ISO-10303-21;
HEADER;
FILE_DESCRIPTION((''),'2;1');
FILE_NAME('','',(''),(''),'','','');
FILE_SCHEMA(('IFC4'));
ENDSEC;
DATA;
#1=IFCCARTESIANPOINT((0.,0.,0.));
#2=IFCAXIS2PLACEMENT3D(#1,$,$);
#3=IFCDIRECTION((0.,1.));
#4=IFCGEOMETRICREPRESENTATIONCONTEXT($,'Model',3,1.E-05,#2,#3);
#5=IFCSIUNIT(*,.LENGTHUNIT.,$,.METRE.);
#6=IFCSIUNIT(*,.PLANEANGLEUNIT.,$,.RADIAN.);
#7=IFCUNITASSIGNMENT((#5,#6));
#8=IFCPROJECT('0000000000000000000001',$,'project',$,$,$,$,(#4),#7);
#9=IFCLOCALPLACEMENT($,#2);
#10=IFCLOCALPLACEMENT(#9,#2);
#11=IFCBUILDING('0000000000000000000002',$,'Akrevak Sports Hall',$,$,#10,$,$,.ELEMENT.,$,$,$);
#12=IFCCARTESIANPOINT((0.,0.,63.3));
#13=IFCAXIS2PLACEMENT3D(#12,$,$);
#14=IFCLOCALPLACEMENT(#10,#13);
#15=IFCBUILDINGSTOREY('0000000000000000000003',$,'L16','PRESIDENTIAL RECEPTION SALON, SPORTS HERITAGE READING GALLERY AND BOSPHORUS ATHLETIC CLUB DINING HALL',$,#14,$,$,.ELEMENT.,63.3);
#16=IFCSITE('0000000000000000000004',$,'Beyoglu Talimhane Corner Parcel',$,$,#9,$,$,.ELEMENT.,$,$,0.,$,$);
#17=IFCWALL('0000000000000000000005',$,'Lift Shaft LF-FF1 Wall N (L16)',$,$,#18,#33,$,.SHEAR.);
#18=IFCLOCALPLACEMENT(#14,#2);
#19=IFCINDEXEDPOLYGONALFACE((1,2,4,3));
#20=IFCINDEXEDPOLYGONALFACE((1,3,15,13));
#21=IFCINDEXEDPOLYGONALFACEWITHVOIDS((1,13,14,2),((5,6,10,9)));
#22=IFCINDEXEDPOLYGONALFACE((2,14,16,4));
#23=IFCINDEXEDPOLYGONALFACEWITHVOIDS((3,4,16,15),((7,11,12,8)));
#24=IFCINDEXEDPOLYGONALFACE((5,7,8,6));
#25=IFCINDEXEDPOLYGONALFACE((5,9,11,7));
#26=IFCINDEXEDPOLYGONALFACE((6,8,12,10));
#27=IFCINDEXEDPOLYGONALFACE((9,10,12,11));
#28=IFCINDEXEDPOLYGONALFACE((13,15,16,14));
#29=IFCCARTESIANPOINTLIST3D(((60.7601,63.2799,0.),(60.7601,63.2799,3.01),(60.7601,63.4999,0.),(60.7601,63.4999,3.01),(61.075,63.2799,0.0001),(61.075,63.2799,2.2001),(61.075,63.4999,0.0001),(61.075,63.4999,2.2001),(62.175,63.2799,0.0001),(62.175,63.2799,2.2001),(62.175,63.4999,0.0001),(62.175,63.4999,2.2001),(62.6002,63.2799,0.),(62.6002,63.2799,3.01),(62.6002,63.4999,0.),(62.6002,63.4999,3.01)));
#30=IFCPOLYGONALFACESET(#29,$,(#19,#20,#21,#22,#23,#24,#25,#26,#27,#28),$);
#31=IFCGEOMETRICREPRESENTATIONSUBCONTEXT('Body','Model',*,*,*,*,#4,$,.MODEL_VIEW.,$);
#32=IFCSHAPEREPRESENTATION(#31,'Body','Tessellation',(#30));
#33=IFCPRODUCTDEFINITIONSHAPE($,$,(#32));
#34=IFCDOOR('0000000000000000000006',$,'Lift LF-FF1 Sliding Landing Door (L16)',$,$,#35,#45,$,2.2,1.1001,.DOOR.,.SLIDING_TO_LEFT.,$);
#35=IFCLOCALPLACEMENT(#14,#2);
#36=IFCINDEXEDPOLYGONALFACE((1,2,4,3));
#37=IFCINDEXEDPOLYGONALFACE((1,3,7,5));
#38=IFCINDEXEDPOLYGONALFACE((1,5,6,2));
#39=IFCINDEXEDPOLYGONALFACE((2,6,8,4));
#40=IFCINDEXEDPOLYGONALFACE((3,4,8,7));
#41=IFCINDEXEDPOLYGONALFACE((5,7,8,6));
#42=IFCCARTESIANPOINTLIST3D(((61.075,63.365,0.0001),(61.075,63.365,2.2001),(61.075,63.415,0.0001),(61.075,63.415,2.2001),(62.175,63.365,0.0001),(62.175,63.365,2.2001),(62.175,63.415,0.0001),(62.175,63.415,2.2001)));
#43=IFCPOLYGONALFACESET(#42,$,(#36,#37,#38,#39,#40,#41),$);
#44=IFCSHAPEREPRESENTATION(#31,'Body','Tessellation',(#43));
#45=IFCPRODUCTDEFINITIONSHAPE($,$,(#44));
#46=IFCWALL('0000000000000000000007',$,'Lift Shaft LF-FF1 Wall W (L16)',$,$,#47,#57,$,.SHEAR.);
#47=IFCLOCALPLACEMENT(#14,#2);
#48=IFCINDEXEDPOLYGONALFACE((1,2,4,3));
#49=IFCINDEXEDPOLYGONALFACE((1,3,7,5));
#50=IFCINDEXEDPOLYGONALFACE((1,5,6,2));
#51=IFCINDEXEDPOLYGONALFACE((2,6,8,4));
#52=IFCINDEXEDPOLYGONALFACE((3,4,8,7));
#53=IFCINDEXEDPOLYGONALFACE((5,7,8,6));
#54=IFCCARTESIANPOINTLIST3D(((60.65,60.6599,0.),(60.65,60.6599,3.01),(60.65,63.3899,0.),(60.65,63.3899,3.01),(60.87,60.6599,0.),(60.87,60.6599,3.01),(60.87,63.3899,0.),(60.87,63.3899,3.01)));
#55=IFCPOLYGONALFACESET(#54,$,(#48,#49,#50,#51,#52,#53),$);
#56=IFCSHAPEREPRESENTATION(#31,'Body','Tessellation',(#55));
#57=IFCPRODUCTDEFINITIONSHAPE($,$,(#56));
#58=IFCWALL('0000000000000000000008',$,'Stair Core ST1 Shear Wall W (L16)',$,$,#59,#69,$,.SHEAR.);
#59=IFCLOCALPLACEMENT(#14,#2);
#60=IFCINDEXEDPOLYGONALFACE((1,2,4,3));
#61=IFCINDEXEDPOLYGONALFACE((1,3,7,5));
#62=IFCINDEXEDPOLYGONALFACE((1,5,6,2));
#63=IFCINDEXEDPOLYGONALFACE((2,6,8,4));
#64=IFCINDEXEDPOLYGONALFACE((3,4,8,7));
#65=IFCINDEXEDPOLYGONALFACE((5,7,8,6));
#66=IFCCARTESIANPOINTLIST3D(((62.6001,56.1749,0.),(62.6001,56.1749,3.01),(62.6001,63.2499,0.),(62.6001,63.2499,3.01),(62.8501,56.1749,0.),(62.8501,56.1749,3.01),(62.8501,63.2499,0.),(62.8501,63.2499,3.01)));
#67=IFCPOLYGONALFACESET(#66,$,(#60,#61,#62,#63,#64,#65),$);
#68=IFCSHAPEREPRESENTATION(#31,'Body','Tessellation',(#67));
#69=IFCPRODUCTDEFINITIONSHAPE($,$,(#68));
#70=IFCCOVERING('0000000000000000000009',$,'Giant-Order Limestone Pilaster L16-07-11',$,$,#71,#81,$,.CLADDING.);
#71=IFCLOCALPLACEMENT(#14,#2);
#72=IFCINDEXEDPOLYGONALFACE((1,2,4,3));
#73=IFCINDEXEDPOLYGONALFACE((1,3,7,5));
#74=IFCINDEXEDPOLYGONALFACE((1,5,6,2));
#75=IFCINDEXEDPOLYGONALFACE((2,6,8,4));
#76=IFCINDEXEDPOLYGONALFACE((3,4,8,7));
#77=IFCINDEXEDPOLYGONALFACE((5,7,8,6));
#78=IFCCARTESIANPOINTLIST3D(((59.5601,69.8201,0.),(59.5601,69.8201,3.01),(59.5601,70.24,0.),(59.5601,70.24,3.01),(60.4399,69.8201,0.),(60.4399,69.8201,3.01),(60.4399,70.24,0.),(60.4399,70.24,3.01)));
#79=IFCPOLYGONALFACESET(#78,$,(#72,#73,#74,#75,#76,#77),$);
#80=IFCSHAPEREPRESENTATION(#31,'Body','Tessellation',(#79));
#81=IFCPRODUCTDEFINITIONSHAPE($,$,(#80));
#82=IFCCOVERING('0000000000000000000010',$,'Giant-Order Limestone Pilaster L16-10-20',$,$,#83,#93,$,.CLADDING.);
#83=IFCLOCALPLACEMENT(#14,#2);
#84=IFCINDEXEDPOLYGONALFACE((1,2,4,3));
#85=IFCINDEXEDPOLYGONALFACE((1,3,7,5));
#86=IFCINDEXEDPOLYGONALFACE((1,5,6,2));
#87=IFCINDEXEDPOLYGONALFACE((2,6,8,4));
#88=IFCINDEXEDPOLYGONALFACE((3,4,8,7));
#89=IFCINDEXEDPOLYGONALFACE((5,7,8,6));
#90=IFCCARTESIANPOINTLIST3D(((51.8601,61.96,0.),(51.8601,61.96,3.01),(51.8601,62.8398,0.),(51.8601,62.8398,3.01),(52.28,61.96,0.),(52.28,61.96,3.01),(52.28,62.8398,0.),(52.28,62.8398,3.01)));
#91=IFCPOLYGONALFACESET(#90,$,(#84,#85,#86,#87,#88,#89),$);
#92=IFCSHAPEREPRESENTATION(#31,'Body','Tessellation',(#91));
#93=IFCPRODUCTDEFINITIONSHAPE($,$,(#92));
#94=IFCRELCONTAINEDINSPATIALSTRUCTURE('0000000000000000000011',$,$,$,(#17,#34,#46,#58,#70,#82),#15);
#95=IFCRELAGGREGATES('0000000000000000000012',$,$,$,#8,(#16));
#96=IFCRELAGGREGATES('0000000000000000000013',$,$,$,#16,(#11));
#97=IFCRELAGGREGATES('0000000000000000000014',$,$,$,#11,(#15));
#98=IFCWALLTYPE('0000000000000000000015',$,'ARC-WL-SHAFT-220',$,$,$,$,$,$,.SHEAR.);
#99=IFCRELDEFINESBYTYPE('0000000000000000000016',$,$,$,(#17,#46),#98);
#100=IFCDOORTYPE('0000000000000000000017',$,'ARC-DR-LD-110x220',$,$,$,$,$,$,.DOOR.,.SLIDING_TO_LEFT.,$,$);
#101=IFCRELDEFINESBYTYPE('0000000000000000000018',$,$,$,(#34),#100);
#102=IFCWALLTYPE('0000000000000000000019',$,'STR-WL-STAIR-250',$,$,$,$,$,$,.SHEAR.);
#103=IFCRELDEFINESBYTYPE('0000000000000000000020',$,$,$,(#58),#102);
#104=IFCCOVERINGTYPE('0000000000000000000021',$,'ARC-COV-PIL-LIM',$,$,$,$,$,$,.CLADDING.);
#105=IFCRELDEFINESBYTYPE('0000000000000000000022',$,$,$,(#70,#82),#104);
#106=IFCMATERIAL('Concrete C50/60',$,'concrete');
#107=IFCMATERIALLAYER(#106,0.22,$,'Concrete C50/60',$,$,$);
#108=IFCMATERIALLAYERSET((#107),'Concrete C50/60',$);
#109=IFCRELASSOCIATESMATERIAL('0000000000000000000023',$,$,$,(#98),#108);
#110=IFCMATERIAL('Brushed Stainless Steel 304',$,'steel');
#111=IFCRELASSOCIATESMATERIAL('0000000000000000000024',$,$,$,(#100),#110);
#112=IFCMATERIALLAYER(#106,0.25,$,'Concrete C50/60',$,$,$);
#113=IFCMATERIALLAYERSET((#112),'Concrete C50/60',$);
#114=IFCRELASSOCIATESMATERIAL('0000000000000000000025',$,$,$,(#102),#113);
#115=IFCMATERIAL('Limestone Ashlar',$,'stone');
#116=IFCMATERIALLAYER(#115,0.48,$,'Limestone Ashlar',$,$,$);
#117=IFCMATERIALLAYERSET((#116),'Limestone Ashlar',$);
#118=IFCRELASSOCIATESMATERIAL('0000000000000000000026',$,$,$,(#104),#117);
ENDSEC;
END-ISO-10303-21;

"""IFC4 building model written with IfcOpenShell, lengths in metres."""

from ifc_helpers import new_model, si_unit, direction, frame, frame_2d, origin, origin_2d, place, context, subcontext, project, spatial, rectangle, extrude, material, layer, layer_set, type_object, element, fill, save


model = new_model("IFC4")

# Units and contexts
model_context = context("Model", 3, precision=1e-05, world=origin(), true_north=direction((0.0, 1.0)))
body_context = subcontext(model_context, "Body", "Model", "MODEL_VIEW")
ifc_project = project(units=[si_unit("LENGTHUNIT", "METRE"), si_unit("PLANEANGLEUNIT", "RADIAN")], contexts=[model_context])

# Site, building, storey
site_placement = place(None, origin())
site = spatial("IfcSite", under=ifc_project, at=site_placement, Name="Beyoglu Talimhane Corner Parcel", CompositionType="ELEMENT", RefElevation=0.0)
building_placement = place(site_placement, origin())
building = spatial("IfcBuilding", under=site, at=building_placement, Name="Akrevak Sports Hall", CompositionType="ELEMENT")
storey_placement = place(building_placement, frame((0.0, 0.0, 63.3)))
storey = spatial("IfcBuildingStorey", under=building, at=storey_placement, Name="L16", Description="PRESIDENTIAL RECEPTION SALON, SPORTS HERITAGE READING GALLERY AND BOSPHORUS ATHLETIC CLUB DINING HALL", CompositionType="ELEMENT", Elevation=63.3)

# Shared definitions
ifc_material_1 = material(Name="Limestone Ashlar", Category="stone")

# Shared definitions
ifc_material_2 = material(Name="Concrete C50/60", Category="concrete")
ifc_layer_1 = layer(ifc_material_2, 0.22, Name="Concrete C50/60")
ifc_layer_set_1 = layer_set([ifc_layer_1], Name="Concrete C50/60")
wall_type_1 = type_object("IfcWallType", Name="ARC-WL-SHAFT-220", PredefinedType="SHEAR", material=ifc_layer_set_1)

# Wall, opening, door
wall_1_placement = place(storey_placement, frame((62.6001, 63.3899, 0.0), z_axis=(0.0, 0.0, 1.0), x_axis=(-1.0, 0.0, 0.0)))
wall_1 = element("IfcWall", 1, at=wall_1_placement, inside=storey, type_object=wall_type_1, Name="Lift Shaft LF-FF1 Wall N (L16)", PredefinedType="SHEAR", context=body_context, shape_type="SweptSolid", body=[
    extrude(rectangle(XDim=1.8401, YDim=0.22, at=frame_2d((0.9199, 0.0))), origin(), (0.0, 0.0, 1.0), 3.01),
])
opening_1_placement = place(wall_1_placement, frame((0.425, 0.0, 0.0)))
opening_1 = element("IfcOpeningElement", 2, at=opening_1_placement, cuts=wall_1, PredefinedType="OPENING", context=body_context, shape_type="SweptSolid", body=[
    extrude(rectangle(XDim=1.1001, YDim=2.2, at=frame_2d((0.55, 1.1001))), frame((0.0, 0.1221, 0.0), z_axis=(0.0, -1.0, 0.0), x_axis=(1.0, 0.0, 0.0)), (0.0, 0.0, 1.0), 0.2439),
])
ifc_material_3 = material(Name="Brushed Stainless Steel 304", Category="steel")
door_type_1 = type_object("IfcDoorType", Name="ARC-DR-LD-110x220", OperationType="SLIDING_TO_LEFT", PredefinedType="DOOR", material=ifc_material_3)
door_1_placement = place(opening_1_placement, origin())
door_1 = element("IfcDoor", 3, at=door_1_placement, inside=storey, type_object=door_type_1, Name="Lift LF-FF1 Sliding Landing Door (L16)", OperationType="SLIDING_TO_LEFT", OverallHeight=2.2, OverallWidth=1.1001, PredefinedType="DOOR", context=body_context, shape_type="SweptSolid", body=[
    extrude(rectangle(XDim=1.1001, YDim=2.2, at=frame_2d((0.55, 1.1001))), frame((0.0, 0.0249, 0.0), z_axis=(0.0, -1.0, 0.0), x_axis=(1.0, 0.0, 0.0)), (0.0, 0.0, 1.0), 0.05),
])
fill(opening_1, door_1)

# Walls
wall_2_placement = place(storey_placement, frame((60.76, 63.3899, 0.0), z_axis=(0.0, 0.0, 1.0), x_axis=(0.0, -1.0, 0.0)))
element("IfcWall", 4, at=wall_2_placement, inside=storey, type_object=wall_type_1, Name="Lift Shaft LF-FF1 Wall W (L16)", PredefinedType="SHEAR", context=body_context, shape_type="SweptSolid", body=[
    extrude(rectangle(XDim=2.73, YDim=0.22, at=frame_2d((1.365, 0.0))), origin(), (0.0, 0.0, 1.0), 3.01),
])
ifc_layer_2 = layer(ifc_material_2, 0.25, Name="Concrete C50/60")
ifc_layer_set_2 = layer_set([ifc_layer_2], Name="Concrete C50/60")
wall_type_2 = type_object("IfcWallType", Name="STR-WL-STAIR-250", PredefinedType="SHEAR", material=ifc_layer_set_2)
wall_3_placement = place(storey_placement, frame((62.7251, 63.25, 0.0), z_axis=(0.0, 0.0, 1.0), x_axis=(0.0, -1.0, 0.0)))
element("IfcWall", 5, at=wall_3_placement, inside=storey, type_object=wall_type_2, Name="Stair Core ST1 Shear Wall W (L16)", PredefinedType="SHEAR", context=body_context, shape_type="SweptSolid", body=[
    extrude(rectangle(XDim=7.075, YDim=0.25, at=frame_2d((3.5376, 0.0))), origin(), (0.0, 0.0, 1.0), 3.01),
])

# Coverings
ifc_layer_3 = layer(ifc_material_1, 0.48, Name="Limestone Ashlar")
ifc_layer_set_3 = layer_set([ifc_layer_3], Name="Limestone Ashlar")
covering_type = type_object("IfcCoveringType", Name="ARC-COV-PIL-LIM", PredefinedType="CLADDING", material=ifc_layer_set_3)
for number, where, z_axis, x_axis, name in (
    (6, (60.0, 70.03, 0.0), (0.0, 0.0, 1.0), (-1.0, 0.0, 0.0), "Giant-Order Limestone Pilaster L16-07-11"),
    (7, (52.0701, 62.3999, 0.0), (0.0, 0.0, 1.0), (0.0, -1.0, 0.0), "Giant-Order Limestone Pilaster L16-10-20"),
):
    element("IfcCovering", number, at=place(storey_placement, frame(where, z_axis=z_axis, x_axis=x_axis)), inside=storey, type_object=covering_type, Name=name, PredefinedType="CLADDING", context=body_context, shape_type="SweptSolid", body=[
        extrude(rectangle(XDim=0.8799, YDim=0.4199, at=origin_2d()), origin(), (0.0, 0.0, 1.0), 3.01),
    ])

save(model, "model.ifc")
